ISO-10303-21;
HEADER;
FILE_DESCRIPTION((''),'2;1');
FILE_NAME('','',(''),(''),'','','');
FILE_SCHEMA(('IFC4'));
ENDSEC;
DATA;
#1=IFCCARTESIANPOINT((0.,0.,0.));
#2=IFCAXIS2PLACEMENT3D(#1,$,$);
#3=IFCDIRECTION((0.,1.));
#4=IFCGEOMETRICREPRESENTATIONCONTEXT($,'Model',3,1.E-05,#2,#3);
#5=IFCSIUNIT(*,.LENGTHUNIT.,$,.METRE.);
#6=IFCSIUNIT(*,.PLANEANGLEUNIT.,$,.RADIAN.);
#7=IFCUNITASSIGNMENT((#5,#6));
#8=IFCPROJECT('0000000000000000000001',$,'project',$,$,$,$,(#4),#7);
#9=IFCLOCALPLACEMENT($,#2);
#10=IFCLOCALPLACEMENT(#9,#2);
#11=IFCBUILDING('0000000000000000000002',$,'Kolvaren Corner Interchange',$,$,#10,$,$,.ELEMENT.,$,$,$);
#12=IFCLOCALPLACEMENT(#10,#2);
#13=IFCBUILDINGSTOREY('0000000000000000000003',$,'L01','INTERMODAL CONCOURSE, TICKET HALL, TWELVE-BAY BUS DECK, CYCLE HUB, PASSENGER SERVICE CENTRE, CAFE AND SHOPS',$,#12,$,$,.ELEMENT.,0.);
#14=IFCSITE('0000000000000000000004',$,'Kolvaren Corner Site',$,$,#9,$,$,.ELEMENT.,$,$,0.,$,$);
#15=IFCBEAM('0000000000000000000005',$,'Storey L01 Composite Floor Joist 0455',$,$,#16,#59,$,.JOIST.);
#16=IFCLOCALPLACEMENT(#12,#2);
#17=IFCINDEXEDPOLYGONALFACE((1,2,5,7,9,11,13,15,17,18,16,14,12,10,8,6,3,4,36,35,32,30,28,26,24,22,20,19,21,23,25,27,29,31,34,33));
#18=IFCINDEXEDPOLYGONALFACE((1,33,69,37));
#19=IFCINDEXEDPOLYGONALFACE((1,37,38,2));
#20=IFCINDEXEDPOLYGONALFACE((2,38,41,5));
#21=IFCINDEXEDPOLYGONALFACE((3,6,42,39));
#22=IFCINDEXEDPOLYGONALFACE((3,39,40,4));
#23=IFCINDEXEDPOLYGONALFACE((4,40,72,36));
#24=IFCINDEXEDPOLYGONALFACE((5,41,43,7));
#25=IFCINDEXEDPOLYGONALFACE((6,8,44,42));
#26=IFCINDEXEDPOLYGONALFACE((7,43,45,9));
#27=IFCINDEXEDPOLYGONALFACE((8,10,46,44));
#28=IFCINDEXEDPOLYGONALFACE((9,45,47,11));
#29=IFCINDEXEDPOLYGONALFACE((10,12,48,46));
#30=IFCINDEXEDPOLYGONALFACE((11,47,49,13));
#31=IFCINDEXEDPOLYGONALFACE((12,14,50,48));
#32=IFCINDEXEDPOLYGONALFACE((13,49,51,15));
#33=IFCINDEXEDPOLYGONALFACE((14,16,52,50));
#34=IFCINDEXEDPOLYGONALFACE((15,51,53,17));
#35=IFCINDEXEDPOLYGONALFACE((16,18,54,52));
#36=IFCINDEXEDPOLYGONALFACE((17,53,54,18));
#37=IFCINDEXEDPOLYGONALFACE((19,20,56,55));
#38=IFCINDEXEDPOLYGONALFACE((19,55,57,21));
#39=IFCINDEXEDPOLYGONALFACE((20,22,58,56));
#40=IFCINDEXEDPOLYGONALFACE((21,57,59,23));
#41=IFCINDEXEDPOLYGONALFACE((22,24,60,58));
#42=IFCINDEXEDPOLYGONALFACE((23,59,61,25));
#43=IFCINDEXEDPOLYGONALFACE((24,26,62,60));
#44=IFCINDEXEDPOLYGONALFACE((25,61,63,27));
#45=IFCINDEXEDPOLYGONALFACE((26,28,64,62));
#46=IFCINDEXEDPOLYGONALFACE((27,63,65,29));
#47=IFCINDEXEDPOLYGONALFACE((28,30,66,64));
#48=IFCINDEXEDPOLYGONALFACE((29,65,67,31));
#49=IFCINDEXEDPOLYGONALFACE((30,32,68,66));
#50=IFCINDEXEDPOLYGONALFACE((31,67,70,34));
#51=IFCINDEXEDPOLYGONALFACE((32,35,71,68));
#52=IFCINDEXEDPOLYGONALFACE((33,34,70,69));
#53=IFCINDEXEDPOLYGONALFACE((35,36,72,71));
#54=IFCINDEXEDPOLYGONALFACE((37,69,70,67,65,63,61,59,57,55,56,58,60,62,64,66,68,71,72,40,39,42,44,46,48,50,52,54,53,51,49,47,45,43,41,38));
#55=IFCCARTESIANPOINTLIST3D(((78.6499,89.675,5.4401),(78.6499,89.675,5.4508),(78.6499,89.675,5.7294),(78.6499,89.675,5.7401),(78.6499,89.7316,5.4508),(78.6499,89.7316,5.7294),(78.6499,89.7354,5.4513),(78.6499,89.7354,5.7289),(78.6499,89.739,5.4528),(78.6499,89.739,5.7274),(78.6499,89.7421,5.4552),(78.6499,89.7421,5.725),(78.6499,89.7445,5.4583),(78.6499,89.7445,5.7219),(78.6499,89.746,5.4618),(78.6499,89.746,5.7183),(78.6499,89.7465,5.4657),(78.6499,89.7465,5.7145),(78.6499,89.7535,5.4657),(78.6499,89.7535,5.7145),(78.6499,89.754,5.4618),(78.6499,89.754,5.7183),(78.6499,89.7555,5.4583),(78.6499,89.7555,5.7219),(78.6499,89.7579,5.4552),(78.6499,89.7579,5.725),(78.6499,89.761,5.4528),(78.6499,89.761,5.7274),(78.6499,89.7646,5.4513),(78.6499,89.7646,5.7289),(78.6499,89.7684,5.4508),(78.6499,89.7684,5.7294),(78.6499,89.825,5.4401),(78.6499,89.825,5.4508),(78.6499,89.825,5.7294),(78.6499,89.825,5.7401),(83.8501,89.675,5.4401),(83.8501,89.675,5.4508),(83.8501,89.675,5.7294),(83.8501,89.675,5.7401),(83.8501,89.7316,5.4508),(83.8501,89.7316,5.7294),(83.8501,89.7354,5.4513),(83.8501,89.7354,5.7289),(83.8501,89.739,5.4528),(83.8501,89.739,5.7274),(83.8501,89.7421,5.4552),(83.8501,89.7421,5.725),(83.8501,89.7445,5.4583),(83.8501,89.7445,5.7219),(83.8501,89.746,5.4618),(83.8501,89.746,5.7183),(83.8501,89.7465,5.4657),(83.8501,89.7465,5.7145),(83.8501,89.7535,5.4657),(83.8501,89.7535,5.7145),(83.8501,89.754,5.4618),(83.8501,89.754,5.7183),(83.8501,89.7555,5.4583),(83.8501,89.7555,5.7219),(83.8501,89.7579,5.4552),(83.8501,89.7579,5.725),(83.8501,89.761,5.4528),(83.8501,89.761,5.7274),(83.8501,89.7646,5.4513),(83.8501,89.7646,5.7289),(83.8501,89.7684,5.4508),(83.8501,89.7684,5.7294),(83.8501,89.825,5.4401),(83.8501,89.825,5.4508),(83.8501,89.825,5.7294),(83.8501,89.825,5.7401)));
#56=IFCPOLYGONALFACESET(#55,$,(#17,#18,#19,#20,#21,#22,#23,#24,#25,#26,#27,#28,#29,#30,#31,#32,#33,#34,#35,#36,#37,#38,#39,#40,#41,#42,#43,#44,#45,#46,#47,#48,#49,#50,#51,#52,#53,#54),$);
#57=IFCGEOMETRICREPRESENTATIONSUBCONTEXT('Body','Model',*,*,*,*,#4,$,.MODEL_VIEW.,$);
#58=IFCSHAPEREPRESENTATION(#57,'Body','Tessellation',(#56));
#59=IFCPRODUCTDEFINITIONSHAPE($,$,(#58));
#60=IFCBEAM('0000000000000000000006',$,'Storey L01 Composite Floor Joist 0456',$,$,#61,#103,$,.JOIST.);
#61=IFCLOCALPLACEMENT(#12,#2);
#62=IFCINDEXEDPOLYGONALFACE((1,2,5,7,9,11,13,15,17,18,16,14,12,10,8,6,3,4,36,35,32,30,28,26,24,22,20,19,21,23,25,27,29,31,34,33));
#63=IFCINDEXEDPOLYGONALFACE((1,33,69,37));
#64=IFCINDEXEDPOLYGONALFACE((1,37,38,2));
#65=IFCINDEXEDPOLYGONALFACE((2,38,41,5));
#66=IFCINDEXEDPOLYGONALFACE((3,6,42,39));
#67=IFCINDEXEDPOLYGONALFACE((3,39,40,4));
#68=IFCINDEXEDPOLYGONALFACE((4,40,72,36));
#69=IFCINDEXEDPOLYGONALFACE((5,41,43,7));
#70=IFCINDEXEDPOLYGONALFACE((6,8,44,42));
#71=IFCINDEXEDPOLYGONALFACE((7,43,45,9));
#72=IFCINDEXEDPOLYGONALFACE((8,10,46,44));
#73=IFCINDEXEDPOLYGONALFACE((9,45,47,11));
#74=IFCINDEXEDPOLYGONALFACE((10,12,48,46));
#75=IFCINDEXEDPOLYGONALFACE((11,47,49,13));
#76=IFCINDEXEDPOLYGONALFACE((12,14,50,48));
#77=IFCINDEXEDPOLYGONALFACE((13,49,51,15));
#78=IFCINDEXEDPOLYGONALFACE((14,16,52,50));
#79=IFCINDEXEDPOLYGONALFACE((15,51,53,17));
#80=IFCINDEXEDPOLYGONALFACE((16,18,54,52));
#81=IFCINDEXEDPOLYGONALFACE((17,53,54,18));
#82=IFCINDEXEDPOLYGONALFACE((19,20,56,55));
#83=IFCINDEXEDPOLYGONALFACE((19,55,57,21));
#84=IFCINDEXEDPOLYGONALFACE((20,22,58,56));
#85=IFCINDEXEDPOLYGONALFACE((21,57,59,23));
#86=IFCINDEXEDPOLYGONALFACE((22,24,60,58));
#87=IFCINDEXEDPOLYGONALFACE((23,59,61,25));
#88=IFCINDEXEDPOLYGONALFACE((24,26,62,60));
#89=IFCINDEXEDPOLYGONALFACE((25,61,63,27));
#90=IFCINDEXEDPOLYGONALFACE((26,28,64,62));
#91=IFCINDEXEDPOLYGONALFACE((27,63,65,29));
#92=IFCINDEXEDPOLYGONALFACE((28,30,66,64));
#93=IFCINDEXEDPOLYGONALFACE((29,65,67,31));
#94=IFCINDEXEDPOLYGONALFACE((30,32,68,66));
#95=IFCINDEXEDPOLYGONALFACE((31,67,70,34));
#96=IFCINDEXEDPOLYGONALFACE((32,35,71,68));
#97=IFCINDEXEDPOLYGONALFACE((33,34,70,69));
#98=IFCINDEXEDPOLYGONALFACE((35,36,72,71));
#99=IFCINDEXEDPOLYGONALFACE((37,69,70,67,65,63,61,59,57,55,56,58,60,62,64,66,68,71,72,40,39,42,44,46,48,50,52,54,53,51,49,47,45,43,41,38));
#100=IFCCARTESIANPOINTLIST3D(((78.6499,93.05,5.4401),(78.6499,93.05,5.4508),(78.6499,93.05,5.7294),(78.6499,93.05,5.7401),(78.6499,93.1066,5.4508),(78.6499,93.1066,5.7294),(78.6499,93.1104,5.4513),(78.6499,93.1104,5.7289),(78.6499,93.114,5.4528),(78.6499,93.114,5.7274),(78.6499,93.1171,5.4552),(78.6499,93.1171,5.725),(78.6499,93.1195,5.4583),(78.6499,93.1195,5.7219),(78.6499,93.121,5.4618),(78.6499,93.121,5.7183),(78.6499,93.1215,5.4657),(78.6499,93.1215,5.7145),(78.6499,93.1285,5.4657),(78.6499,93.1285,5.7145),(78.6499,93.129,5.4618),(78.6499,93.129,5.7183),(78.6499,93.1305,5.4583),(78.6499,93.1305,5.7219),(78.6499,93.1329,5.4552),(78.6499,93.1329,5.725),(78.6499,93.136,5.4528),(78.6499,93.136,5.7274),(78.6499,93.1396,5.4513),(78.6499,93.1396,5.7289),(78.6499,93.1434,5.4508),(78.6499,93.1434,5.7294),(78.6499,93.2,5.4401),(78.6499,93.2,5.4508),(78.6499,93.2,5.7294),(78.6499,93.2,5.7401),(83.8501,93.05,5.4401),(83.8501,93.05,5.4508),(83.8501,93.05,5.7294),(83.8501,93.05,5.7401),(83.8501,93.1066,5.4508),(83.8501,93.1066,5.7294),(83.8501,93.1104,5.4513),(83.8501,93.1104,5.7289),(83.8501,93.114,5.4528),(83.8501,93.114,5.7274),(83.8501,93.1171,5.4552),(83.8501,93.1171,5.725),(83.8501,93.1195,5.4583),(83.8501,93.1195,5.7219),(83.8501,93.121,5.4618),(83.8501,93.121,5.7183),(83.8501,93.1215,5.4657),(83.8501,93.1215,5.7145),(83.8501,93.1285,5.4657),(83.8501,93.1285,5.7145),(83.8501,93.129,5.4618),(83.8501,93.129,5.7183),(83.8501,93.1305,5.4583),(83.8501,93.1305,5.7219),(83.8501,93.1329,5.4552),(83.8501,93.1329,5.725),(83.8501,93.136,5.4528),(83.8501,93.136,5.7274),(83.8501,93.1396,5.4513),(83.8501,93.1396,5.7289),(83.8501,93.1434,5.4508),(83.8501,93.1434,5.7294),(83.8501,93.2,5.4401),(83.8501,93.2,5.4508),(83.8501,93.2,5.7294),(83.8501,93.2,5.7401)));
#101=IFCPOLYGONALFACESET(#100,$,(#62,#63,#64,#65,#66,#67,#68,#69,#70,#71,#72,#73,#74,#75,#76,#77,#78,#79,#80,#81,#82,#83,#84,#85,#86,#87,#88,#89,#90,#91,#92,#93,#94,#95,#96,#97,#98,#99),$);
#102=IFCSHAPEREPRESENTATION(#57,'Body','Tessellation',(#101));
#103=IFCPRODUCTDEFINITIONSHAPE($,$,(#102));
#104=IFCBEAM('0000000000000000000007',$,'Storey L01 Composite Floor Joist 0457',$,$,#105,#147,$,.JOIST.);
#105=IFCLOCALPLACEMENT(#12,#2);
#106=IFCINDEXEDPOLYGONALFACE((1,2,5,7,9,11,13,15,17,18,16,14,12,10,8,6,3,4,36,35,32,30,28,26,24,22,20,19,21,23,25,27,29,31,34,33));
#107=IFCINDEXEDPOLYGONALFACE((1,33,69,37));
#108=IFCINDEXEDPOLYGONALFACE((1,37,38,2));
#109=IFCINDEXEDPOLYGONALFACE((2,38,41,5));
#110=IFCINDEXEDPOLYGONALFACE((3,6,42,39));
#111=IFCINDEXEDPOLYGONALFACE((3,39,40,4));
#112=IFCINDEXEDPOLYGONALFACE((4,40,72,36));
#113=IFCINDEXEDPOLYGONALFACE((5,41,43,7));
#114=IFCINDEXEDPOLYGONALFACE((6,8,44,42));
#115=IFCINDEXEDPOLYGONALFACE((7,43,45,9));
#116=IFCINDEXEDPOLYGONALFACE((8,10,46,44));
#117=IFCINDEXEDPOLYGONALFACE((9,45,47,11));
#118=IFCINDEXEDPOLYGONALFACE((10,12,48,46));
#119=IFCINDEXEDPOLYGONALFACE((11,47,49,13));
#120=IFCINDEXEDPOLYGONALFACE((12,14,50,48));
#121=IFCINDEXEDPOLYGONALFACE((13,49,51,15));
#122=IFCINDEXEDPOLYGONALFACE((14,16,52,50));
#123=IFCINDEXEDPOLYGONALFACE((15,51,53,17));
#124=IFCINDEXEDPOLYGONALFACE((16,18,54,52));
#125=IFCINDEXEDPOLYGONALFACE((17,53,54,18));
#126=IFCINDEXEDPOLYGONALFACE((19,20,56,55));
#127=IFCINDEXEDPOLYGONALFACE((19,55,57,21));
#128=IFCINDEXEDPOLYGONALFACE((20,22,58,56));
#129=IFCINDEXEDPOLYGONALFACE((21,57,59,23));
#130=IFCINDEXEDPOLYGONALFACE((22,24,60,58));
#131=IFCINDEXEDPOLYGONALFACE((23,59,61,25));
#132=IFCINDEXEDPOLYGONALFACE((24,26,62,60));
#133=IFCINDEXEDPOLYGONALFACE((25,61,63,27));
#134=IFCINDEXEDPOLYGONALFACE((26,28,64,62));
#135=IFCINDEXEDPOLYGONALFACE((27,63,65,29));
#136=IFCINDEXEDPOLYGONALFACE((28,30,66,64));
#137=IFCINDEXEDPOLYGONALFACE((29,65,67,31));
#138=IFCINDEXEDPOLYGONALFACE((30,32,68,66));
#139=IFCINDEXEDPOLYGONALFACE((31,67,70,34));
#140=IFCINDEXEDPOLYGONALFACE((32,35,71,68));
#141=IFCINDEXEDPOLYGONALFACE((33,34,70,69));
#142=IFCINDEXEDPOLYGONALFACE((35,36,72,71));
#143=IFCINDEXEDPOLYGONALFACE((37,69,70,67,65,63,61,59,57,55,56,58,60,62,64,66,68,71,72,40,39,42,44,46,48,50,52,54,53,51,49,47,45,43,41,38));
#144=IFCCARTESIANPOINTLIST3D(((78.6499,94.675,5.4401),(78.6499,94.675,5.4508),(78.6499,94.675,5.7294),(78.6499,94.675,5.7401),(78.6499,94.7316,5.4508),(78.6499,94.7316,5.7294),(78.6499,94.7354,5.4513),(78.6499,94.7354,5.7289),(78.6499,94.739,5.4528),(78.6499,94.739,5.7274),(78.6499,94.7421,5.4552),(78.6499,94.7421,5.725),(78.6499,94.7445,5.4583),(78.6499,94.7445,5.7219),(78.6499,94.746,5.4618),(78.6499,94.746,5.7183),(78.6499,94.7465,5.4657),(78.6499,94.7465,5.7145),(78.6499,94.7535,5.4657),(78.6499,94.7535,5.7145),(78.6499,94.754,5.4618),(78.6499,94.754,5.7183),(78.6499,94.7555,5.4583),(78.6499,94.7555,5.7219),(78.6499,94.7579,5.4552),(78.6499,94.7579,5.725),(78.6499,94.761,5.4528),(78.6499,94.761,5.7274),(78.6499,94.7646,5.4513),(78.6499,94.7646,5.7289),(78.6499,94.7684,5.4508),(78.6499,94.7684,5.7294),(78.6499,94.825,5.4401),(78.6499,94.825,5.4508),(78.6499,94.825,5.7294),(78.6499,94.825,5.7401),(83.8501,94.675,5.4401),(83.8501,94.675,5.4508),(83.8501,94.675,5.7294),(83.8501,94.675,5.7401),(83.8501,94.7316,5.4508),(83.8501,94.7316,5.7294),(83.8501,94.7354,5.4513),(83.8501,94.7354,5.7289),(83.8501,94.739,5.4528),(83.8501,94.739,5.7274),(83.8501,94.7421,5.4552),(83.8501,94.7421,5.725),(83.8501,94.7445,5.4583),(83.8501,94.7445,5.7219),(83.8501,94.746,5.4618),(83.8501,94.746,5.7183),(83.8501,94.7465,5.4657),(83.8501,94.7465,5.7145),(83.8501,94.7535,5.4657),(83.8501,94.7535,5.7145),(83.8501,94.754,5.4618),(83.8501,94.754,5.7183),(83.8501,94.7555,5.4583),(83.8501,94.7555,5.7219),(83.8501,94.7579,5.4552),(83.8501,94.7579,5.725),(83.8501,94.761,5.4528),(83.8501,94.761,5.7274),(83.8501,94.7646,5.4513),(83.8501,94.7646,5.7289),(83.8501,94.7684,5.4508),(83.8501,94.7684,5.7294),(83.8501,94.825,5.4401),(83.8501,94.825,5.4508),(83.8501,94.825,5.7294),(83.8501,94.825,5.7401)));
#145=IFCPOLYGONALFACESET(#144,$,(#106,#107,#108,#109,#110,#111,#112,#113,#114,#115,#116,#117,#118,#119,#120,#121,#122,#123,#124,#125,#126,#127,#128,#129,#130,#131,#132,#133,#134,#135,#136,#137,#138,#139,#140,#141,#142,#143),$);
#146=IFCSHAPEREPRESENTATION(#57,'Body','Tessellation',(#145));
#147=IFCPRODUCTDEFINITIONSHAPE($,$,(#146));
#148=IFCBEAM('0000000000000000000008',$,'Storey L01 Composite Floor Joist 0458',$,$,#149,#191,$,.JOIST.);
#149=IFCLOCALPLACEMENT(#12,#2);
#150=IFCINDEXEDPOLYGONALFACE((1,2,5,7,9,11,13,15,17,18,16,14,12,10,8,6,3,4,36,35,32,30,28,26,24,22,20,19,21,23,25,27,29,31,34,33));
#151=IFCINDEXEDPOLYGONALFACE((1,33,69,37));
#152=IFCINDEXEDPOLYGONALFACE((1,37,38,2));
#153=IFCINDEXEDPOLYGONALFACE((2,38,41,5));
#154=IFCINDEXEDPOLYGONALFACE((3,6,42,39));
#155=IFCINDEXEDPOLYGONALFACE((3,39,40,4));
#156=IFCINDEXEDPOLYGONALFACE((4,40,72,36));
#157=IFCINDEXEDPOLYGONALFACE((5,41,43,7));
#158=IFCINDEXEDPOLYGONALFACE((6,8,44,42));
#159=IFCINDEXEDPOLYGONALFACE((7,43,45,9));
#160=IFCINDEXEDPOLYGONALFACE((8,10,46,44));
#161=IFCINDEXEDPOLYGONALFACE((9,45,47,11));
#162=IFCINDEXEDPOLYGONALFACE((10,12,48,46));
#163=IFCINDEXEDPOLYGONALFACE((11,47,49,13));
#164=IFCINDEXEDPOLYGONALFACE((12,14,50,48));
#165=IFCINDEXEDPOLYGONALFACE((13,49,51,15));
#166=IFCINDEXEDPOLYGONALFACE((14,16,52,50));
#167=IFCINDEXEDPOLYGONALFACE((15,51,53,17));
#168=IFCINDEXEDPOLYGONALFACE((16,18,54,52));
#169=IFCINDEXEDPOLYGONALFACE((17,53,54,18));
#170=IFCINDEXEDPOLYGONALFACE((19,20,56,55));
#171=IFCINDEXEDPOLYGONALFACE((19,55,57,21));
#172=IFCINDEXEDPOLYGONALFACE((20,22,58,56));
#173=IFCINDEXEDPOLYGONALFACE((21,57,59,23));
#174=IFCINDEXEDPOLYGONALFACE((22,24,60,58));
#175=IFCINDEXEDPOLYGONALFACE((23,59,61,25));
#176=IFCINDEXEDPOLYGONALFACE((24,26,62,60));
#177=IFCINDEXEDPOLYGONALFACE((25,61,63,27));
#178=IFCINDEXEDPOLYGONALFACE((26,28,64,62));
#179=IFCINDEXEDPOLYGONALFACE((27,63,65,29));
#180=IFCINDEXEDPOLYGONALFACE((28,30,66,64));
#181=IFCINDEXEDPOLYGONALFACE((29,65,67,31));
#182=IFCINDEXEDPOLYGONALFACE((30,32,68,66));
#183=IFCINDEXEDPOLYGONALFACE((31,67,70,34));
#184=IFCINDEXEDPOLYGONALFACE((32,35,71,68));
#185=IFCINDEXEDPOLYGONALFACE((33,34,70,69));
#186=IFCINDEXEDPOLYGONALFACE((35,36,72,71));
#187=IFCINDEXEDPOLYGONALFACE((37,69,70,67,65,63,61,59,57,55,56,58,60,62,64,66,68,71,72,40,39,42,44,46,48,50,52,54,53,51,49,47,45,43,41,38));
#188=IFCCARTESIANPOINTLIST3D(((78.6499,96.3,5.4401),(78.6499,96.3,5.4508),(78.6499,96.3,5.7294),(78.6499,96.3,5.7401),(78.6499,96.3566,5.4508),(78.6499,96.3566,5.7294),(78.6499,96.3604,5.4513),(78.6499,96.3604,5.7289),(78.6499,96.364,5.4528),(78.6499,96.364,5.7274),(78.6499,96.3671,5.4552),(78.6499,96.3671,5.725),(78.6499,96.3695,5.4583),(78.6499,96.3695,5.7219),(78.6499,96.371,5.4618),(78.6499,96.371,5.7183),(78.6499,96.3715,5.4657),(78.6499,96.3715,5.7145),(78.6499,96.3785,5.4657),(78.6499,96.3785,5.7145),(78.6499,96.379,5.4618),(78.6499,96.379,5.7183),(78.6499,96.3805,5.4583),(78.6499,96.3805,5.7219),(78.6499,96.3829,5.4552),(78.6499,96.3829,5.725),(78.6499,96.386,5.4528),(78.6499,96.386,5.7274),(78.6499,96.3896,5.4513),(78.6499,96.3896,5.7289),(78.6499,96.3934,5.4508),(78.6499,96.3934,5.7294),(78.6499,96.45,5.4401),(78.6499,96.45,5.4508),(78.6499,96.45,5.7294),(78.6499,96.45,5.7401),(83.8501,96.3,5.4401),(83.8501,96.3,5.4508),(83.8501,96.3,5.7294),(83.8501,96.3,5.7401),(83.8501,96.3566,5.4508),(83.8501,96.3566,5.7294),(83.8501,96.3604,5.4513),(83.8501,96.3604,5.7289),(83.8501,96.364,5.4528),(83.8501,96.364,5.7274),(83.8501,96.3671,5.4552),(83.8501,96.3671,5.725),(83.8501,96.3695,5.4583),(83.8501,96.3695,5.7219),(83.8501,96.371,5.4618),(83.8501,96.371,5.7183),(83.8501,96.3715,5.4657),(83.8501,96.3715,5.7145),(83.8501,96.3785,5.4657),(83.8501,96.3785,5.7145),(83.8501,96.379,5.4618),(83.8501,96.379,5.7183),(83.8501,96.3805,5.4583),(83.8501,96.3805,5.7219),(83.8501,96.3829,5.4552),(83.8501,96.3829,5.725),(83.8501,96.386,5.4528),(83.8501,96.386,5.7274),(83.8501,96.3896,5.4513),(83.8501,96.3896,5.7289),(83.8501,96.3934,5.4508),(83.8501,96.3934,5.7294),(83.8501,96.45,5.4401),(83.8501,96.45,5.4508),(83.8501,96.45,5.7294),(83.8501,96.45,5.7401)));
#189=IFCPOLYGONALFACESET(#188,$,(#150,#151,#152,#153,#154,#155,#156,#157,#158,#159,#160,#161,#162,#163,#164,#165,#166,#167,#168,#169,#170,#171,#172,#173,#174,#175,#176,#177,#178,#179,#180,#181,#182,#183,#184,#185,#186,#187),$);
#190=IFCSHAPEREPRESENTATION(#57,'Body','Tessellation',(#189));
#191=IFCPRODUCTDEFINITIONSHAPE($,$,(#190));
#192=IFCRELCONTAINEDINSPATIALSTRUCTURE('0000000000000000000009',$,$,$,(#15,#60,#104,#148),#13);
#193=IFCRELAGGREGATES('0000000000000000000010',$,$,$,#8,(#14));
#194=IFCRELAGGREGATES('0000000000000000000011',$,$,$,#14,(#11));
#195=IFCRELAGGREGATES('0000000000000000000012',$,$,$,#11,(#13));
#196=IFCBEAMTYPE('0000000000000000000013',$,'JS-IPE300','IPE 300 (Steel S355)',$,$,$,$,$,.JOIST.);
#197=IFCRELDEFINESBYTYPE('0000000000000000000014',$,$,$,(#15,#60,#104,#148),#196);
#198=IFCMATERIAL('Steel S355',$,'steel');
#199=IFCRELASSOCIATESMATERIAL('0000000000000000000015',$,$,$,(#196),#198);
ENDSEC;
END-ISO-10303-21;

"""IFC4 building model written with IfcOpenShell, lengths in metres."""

from ifc_helpers import new_model, si_unit, direction, frame, origin, origin_2d, place, context, subcontext, project, spatial, i_section, extrude, material, material_profile, profile_set, type_object, element, save


model = new_model("IFC4")

# Units and contexts
model_context = context("Model", 3, precision=1e-05, world=origin(), true_north=direction((0.0, 1.0)))
body_context = subcontext(model_context, "Body", "Model", "MODEL_VIEW")
ifc_project = project(units=[si_unit("LENGTHUNIT", "METRE"), si_unit("PLANEANGLEUNIT", "RADIAN")], contexts=[model_context])

# Site, building, storey
site_placement = place(None, origin())
site = spatial("IfcSite", under=ifc_project, at=site_placement, Name="Kolvaren Corner Site", CompositionType="ELEMENT", RefElevation=0.0)
building_placement = place(site_placement, origin())
building = spatial("IfcBuilding", under=site, at=building_placement, Name="Kolvaren Corner Interchange", CompositionType="ELEMENT")
storey_placement = place(building_placement, origin())
storey = spatial("IfcBuildingStorey", under=building, at=storey_placement, Name="L01", Description="INTERMODAL CONCOURSE, TICKET HALL, TWELVE-BAY BUS DECK, CYCLE HUB, PASSENGER SERVICE CENTRE, CAFE AND SHOPS", CompositionType="ELEMENT", Elevation=0.0)

# Beams
ifc_material_1 = material(Name="Steel S355", Category="steel")
ifc_material_profile_1 = material_profile(ifc_material_1, i_section(OverallWidth=0.1499, OverallDepth=0.3, WebThickness=0.0071, FlangeThickness=0.0107, FilletRadius=0.0149, at=origin_2d()), Name="IPE 300")
ifc_profile_set_1 = profile_set([ifc_material_profile_1], Name="Steel S355")
beam_type_1 = type_object("IfcBeamType", Name="JS-IPE300", Description="IPE 300 (Steel S355)", PredefinedType="JOIST", material=ifc_profile_set_1)
for number, where, z_axis, x_axis, name in (
    (1, (78.6499, 89.75, 5.5901), (1.0, 0.0, 0.0), (0.0, 1.0, 0.0), "Storey L01 Composite Floor Joist 0455"),
    (2, (78.6499, 93.125, 5.5901), (1.0, 0.0, 0.0), (0.0, 1.0, 0.0), "Storey L01 Composite Floor Joist 0456"),
    (3, (78.6499, 94.75, 5.5901), (1.0, 0.0, 0.0), (0.0, 1.0, 0.0), "Storey L01 Composite Floor Joist 0457"),
    (4, (78.6499, 96.375, 5.5901), (1.0, 0.0, 0.0), (0.0, 1.0, 0.0), "Storey L01 Composite Floor Joist 0458"),
):
    element("IfcBeam", number, at=place(storey_placement, frame(where, z_axis=z_axis, x_axis=x_axis)), inside=storey, type_object=beam_type_1, Name=name, PredefinedType="JOIST", context=body_context, shape_type="SweptSolid", body=[
        extrude(i_section(OverallWidth=0.1499, OverallDepth=0.3, WebThickness=0.0071, FlangeThickness=0.0107, FilletRadius=0.0149, at=origin_2d()), origin(), (0.0, 0.0, 1.0), 5.2002),
    ])

save(model, "model.ifc")
